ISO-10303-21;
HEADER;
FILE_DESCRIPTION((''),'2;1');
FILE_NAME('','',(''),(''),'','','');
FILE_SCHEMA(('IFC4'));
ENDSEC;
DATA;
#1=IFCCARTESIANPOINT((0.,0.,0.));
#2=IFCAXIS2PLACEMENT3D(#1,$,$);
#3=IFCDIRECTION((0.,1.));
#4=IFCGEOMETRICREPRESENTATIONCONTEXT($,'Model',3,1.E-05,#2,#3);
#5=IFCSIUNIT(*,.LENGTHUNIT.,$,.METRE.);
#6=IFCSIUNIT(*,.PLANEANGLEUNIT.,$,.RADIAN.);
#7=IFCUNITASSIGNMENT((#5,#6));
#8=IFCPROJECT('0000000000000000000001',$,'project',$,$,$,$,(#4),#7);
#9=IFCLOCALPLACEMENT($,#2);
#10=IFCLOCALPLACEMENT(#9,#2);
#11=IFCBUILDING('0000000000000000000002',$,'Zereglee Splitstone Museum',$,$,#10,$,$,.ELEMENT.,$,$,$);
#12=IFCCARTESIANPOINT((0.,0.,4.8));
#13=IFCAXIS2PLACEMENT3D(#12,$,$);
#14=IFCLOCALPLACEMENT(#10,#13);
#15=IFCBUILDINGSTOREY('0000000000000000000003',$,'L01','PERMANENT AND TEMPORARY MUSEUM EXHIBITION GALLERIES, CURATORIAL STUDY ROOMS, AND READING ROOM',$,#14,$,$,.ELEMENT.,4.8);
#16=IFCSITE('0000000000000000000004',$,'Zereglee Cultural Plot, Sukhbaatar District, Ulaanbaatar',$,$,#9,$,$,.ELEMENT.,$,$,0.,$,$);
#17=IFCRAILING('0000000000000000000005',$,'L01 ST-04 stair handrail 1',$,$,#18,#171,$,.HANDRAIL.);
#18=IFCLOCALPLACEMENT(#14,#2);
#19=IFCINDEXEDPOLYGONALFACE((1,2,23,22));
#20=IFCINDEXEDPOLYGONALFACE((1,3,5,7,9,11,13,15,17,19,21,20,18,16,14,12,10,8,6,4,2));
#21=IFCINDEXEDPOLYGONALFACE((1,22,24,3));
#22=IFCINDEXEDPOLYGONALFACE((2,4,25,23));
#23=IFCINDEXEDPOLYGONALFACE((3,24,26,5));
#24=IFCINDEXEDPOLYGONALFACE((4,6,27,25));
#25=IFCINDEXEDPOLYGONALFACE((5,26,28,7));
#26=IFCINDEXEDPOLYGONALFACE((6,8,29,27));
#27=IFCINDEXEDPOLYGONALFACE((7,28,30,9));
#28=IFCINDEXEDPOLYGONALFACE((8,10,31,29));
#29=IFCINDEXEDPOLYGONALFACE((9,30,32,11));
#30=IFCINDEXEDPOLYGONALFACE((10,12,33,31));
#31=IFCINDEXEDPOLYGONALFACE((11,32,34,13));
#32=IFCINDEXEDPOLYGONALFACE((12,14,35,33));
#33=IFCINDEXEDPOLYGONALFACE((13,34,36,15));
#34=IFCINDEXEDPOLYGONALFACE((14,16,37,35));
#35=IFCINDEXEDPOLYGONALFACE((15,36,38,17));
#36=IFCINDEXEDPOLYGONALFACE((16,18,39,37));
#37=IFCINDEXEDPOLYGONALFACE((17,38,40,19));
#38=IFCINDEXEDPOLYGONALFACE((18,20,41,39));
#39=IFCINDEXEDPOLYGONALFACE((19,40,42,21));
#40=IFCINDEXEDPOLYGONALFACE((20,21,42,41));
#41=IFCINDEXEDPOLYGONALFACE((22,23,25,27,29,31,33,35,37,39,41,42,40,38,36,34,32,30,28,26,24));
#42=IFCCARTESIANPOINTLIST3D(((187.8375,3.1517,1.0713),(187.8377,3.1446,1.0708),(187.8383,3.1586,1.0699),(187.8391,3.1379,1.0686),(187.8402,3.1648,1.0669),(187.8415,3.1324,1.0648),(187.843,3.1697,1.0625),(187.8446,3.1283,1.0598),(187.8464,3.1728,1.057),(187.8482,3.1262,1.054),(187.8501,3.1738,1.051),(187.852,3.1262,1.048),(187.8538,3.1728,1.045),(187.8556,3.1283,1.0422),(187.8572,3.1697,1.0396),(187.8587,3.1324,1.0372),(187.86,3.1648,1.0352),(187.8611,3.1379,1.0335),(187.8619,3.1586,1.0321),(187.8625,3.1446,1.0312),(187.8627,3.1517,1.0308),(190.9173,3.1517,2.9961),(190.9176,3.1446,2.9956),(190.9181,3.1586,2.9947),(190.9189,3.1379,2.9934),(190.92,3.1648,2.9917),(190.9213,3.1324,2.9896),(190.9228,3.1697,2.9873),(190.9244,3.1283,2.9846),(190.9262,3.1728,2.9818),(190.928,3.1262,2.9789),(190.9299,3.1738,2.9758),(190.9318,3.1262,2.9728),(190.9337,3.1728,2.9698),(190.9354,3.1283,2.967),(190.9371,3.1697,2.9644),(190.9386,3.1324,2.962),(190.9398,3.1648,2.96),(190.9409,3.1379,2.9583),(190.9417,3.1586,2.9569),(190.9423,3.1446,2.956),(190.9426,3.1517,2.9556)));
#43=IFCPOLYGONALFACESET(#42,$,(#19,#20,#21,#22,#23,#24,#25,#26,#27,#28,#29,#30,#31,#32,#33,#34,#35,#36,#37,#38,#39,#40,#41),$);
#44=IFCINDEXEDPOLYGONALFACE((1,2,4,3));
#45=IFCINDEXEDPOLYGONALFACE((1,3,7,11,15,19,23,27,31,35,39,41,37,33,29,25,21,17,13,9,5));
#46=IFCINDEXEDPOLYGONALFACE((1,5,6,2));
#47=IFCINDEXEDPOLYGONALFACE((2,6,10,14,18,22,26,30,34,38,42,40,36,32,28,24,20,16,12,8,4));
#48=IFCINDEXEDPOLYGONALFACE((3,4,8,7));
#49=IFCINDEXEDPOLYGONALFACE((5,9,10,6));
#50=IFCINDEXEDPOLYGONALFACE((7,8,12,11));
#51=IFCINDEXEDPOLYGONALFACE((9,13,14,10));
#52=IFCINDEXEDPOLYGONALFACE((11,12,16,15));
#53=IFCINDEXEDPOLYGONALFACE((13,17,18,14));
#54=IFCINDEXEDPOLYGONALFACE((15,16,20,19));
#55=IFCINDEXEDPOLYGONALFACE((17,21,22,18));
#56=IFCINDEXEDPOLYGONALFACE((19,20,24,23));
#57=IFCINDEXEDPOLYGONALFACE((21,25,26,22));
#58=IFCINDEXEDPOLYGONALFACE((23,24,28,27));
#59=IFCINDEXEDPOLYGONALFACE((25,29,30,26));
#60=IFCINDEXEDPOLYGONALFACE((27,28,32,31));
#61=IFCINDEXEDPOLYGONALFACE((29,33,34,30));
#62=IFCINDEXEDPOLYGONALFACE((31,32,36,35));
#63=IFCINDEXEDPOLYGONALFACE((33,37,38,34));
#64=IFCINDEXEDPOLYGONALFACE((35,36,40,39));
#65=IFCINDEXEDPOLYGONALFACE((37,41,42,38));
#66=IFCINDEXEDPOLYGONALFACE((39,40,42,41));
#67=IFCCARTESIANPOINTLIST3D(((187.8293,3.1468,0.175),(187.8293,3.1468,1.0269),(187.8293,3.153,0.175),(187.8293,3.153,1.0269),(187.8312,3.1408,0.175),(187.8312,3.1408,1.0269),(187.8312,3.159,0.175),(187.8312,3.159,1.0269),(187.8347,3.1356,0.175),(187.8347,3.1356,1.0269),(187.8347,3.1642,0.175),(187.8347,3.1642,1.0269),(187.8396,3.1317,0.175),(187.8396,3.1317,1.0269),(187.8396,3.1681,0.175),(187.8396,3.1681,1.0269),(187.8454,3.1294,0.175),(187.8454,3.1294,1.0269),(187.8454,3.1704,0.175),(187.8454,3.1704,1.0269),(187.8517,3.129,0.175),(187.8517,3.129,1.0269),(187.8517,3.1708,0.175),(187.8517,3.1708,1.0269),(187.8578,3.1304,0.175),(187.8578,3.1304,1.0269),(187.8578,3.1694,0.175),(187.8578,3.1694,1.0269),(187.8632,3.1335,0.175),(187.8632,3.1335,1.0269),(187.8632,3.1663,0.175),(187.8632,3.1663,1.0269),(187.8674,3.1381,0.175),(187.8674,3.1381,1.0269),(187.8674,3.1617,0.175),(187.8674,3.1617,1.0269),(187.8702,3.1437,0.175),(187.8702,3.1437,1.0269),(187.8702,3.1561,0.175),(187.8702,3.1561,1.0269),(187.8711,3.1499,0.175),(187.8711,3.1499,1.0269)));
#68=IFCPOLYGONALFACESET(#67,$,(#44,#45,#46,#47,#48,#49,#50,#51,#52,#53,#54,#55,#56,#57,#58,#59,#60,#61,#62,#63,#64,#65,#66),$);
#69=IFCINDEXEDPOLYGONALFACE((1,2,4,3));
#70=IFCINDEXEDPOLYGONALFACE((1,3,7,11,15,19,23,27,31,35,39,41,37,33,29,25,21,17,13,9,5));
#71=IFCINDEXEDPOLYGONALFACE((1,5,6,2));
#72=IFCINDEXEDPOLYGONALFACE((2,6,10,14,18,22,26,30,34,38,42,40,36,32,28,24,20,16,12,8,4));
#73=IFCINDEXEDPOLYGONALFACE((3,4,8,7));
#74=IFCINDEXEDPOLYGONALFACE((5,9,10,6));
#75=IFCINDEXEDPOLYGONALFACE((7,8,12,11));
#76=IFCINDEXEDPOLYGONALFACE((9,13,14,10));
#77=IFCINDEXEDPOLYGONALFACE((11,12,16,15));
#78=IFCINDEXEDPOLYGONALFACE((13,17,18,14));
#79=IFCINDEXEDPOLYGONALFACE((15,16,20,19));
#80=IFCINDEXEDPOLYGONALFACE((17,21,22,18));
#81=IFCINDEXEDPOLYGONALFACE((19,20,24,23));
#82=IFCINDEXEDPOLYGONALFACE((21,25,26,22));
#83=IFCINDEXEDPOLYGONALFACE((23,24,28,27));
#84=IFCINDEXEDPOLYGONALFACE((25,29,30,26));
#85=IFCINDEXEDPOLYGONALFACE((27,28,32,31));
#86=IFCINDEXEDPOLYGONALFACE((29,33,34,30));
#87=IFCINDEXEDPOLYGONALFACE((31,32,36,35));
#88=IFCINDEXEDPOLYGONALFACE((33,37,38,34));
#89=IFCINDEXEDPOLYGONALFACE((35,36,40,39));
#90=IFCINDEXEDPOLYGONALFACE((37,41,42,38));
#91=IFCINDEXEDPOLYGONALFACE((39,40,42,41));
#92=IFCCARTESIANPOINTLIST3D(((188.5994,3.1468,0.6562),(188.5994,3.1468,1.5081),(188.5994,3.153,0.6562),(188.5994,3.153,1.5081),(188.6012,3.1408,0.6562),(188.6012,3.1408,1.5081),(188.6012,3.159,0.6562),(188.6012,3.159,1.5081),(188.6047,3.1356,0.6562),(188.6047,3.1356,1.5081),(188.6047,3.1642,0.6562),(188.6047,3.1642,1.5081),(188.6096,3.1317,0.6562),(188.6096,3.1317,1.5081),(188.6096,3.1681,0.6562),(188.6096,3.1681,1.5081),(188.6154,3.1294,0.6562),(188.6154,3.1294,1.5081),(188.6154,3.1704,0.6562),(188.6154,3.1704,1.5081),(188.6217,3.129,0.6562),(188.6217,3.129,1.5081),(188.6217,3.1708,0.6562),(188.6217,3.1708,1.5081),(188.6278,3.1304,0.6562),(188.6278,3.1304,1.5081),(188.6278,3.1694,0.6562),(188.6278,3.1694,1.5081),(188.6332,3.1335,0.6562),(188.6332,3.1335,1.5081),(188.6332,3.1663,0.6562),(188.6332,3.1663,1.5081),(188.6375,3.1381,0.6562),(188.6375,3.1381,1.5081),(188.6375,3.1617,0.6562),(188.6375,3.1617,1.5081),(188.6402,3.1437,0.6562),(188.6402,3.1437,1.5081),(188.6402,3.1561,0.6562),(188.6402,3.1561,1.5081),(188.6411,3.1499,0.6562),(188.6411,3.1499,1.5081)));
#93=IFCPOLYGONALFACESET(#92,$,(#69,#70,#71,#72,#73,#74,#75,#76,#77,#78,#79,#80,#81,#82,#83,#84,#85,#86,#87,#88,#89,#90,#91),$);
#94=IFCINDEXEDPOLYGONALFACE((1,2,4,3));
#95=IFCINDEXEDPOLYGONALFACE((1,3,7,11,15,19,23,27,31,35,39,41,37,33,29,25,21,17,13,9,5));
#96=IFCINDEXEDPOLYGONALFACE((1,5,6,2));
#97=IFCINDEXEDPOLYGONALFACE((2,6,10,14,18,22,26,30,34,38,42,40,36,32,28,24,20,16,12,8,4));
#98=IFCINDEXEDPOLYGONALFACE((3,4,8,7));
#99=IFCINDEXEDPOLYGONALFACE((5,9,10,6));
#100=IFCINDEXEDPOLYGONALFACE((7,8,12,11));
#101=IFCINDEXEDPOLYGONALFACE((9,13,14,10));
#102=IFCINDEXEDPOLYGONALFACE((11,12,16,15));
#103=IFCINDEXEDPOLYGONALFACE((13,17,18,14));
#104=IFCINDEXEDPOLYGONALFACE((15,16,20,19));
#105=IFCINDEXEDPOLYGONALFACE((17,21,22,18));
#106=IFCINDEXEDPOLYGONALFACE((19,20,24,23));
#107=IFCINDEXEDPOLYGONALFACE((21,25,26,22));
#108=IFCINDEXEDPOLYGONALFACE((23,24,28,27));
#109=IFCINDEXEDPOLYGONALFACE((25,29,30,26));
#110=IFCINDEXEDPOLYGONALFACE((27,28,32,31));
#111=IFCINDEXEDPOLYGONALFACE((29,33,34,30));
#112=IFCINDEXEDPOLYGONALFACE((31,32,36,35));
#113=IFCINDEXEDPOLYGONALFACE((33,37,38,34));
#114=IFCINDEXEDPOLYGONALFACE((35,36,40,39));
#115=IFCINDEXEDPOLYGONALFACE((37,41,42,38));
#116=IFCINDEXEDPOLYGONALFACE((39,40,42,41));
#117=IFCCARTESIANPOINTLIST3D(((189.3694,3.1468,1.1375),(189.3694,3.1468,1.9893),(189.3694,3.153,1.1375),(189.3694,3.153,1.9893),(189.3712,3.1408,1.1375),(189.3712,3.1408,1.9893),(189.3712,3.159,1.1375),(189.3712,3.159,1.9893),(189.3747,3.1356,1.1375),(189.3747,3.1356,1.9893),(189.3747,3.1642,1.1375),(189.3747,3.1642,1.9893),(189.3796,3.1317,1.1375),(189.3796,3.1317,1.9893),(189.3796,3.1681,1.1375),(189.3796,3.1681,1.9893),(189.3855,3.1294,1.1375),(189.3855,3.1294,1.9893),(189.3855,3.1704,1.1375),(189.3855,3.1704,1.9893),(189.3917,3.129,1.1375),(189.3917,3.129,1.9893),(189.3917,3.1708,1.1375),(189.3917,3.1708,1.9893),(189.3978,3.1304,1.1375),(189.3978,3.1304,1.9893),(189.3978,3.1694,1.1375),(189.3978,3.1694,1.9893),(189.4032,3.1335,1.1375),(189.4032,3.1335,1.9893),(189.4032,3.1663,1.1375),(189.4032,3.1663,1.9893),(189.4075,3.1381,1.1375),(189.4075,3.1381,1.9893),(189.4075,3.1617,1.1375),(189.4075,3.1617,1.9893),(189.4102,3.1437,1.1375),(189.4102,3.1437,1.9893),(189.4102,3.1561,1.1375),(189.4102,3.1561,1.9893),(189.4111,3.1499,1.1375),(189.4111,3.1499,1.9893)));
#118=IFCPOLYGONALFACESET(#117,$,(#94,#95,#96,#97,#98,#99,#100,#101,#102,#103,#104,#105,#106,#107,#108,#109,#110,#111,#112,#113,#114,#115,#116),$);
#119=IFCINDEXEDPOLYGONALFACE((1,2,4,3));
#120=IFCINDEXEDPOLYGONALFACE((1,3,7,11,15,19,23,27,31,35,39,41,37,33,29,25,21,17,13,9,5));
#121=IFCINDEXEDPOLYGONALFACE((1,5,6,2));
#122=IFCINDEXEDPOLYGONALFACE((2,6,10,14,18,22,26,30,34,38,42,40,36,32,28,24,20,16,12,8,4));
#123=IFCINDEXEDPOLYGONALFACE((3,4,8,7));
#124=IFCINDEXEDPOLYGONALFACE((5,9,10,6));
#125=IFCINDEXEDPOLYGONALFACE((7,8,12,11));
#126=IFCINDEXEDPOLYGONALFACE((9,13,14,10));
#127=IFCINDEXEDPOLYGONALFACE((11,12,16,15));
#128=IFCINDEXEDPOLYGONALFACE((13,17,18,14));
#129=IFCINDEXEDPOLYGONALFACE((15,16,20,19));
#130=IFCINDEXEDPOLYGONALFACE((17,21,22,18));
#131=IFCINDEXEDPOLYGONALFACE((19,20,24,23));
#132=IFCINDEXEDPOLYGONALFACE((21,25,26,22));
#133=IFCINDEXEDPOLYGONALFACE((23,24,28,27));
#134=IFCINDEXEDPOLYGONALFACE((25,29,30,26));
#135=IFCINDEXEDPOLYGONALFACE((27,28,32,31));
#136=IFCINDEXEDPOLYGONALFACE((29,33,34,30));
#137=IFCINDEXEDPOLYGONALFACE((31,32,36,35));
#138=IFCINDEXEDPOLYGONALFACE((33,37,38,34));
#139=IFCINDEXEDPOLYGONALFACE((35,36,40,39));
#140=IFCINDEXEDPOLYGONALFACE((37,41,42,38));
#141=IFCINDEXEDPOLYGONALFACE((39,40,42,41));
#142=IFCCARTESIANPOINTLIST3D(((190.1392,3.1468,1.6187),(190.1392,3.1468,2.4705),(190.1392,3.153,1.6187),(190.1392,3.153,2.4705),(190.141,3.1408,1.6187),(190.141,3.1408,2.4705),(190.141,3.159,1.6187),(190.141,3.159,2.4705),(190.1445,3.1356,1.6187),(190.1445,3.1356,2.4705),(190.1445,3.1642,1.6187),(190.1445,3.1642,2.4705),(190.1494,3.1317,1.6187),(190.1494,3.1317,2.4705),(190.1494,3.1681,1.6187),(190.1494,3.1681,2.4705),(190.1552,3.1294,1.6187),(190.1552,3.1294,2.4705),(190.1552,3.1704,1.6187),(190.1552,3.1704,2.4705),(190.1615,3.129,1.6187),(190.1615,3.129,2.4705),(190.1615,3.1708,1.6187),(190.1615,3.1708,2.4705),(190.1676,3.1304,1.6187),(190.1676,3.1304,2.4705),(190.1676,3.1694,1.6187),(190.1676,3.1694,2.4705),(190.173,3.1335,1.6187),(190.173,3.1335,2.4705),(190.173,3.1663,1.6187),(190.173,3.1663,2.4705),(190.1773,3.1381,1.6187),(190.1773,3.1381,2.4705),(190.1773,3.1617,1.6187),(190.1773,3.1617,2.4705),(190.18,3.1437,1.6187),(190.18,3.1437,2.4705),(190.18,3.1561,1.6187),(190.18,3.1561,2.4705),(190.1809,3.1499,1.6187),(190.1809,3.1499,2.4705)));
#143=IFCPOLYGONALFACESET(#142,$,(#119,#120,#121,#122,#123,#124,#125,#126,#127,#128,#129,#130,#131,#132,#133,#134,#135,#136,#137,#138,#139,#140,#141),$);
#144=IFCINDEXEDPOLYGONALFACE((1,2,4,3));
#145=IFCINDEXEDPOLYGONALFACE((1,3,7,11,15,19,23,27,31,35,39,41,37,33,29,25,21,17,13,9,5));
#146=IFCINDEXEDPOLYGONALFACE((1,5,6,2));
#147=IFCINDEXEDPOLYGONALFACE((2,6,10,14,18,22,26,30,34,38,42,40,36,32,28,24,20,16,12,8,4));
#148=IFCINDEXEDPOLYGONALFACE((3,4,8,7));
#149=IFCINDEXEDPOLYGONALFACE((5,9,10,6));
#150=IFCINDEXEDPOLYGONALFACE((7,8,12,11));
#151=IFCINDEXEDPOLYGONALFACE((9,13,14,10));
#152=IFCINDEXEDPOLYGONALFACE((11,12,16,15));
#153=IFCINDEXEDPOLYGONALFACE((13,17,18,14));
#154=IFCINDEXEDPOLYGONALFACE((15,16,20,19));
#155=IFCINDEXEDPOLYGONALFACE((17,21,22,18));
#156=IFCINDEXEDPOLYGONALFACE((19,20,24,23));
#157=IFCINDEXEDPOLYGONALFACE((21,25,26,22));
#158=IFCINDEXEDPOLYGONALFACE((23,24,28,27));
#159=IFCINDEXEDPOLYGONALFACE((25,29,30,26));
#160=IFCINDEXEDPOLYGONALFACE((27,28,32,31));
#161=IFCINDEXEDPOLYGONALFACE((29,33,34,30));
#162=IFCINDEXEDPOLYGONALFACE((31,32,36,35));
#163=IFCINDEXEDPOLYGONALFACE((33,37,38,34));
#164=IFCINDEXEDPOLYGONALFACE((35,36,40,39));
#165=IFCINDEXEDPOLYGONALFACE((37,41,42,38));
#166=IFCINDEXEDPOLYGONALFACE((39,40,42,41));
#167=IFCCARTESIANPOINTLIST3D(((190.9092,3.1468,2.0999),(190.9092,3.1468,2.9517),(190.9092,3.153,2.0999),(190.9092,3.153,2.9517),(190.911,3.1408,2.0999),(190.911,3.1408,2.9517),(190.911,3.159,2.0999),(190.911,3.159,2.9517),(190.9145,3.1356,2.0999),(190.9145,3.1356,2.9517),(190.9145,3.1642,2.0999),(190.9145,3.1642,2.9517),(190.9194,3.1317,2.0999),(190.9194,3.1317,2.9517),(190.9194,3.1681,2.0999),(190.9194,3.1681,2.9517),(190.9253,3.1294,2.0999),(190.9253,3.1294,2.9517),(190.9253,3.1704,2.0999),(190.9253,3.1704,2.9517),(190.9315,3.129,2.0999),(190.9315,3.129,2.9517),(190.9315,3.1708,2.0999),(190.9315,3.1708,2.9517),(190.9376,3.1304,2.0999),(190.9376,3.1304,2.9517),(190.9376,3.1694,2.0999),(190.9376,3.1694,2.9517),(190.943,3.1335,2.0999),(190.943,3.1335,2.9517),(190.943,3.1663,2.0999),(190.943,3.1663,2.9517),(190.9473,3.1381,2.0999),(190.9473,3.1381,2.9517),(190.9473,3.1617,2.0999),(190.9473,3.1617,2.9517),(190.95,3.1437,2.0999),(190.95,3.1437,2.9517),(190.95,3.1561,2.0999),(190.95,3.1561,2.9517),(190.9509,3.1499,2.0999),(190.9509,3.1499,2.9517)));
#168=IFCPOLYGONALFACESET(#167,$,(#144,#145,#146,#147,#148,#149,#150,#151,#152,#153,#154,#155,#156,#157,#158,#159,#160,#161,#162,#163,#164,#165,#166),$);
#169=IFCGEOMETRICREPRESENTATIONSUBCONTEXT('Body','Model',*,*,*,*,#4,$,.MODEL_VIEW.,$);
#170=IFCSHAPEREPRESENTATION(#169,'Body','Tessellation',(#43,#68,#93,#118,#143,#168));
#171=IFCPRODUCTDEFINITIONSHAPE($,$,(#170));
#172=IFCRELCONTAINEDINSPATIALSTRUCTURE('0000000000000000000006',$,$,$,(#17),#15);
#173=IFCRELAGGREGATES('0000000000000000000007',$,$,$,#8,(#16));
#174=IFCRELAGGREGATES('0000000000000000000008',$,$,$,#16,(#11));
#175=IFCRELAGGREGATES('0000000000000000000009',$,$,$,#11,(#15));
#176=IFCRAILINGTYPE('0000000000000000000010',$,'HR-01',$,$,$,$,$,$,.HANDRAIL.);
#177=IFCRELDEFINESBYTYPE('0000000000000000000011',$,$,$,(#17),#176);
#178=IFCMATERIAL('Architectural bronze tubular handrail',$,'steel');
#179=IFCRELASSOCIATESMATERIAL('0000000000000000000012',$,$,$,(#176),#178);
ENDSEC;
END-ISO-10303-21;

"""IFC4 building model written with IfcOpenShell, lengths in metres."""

from ifc_helpers import new_model, si_unit, direction, frame, origin, origin_2d, place, context, subcontext, project, spatial, circle, extrude, material, type_object, element, save


model = new_model("IFC4")

# Units and contexts
model_context = context("Model", 3, precision=1e-05, world=origin(), true_north=direction((0.0, 1.0)))
body_context = subcontext(model_context, "Body", "Model", "MODEL_VIEW")
ifc_project = project(units=[si_unit("LENGTHUNIT", "METRE"), si_unit("PLANEANGLEUNIT", "RADIAN")], contexts=[model_context])

# Site, building, storey
site_placement = place(None, origin())
site = spatial("IfcSite", under=ifc_project, at=site_placement, Name="Zereglee Cultural Plot, Sukhbaatar District, Ulaanbaatar", CompositionType="ELEMENT", RefElevation=0.0)
building_placement = place(site_placement, origin())
building = spatial("IfcBuilding", under=site, at=building_placement, Name="Zereglee Splitstone Museum", CompositionType="ELEMENT")
storey_placement = place(building_placement, frame((0.0, 0.0, 4.8)))
storey = spatial("IfcBuildingStorey", under=building, at=storey_placement, Name="L01", Description="PERMANENT AND TEMPORARY MUSEUM EXHIBITION GALLERIES, CURATORIAL STUDY ROOMS, AND READING ROOM", CompositionType="ELEMENT", Elevation=4.8)

# Railing
ifc_material_1 = material(Name="Architectural bronze tubular handrail", Category="steel")
railing_type_1 = type_object("IfcRailingType", Name="HR-01", PredefinedType="HANDRAIL", material=ifc_material_1)
railing_1_placement = place(storey_placement, frame((187.8501, 3.1499, 0.175)))
element("IfcRailing", 1, at=railing_1_placement, inside=storey, type_object=railing_type_1, Name="L01 ST-04 stair handrail 1", PredefinedType="HANDRAIL", context=body_context, shape_type="SweptSolid", body=[
    extrude(circle(Radius=0.0239, at=origin_2d()), frame((0.0, 0.0, 0.876), z_axis=(0.84801, 0.0, 0.529981), x_axis=(0.0, 1.0, 0.0)), (0.0, 0.0, 1.0), 3.6318),
    extrude(circle(Radius=0.021, at=origin_2d()), origin(), (0.0, 0.0, 1.0), 0.8518),
    extrude(circle(Radius=0.021, at=origin_2d()), frame((0.77, 0.0, 0.4812)), (0.0, 0.0, 1.0), 0.8518),
    extrude(circle(Radius=0.021, at=origin_2d()), frame((1.54, 0.0, 0.9624)), (0.0, 0.0, 1.0), 0.8518),
    extrude(circle(Radius=0.021, at=origin_2d()), frame((2.3098, 0.0, 1.4436)), (0.0, 0.0, 1.0), 0.8518),
    extrude(circle(Radius=0.021, at=origin_2d()), frame((3.0798, 0.0, 1.9248)), (0.0, 0.0, 1.0), 0.8518),
])

save(model, "model.ifc")
